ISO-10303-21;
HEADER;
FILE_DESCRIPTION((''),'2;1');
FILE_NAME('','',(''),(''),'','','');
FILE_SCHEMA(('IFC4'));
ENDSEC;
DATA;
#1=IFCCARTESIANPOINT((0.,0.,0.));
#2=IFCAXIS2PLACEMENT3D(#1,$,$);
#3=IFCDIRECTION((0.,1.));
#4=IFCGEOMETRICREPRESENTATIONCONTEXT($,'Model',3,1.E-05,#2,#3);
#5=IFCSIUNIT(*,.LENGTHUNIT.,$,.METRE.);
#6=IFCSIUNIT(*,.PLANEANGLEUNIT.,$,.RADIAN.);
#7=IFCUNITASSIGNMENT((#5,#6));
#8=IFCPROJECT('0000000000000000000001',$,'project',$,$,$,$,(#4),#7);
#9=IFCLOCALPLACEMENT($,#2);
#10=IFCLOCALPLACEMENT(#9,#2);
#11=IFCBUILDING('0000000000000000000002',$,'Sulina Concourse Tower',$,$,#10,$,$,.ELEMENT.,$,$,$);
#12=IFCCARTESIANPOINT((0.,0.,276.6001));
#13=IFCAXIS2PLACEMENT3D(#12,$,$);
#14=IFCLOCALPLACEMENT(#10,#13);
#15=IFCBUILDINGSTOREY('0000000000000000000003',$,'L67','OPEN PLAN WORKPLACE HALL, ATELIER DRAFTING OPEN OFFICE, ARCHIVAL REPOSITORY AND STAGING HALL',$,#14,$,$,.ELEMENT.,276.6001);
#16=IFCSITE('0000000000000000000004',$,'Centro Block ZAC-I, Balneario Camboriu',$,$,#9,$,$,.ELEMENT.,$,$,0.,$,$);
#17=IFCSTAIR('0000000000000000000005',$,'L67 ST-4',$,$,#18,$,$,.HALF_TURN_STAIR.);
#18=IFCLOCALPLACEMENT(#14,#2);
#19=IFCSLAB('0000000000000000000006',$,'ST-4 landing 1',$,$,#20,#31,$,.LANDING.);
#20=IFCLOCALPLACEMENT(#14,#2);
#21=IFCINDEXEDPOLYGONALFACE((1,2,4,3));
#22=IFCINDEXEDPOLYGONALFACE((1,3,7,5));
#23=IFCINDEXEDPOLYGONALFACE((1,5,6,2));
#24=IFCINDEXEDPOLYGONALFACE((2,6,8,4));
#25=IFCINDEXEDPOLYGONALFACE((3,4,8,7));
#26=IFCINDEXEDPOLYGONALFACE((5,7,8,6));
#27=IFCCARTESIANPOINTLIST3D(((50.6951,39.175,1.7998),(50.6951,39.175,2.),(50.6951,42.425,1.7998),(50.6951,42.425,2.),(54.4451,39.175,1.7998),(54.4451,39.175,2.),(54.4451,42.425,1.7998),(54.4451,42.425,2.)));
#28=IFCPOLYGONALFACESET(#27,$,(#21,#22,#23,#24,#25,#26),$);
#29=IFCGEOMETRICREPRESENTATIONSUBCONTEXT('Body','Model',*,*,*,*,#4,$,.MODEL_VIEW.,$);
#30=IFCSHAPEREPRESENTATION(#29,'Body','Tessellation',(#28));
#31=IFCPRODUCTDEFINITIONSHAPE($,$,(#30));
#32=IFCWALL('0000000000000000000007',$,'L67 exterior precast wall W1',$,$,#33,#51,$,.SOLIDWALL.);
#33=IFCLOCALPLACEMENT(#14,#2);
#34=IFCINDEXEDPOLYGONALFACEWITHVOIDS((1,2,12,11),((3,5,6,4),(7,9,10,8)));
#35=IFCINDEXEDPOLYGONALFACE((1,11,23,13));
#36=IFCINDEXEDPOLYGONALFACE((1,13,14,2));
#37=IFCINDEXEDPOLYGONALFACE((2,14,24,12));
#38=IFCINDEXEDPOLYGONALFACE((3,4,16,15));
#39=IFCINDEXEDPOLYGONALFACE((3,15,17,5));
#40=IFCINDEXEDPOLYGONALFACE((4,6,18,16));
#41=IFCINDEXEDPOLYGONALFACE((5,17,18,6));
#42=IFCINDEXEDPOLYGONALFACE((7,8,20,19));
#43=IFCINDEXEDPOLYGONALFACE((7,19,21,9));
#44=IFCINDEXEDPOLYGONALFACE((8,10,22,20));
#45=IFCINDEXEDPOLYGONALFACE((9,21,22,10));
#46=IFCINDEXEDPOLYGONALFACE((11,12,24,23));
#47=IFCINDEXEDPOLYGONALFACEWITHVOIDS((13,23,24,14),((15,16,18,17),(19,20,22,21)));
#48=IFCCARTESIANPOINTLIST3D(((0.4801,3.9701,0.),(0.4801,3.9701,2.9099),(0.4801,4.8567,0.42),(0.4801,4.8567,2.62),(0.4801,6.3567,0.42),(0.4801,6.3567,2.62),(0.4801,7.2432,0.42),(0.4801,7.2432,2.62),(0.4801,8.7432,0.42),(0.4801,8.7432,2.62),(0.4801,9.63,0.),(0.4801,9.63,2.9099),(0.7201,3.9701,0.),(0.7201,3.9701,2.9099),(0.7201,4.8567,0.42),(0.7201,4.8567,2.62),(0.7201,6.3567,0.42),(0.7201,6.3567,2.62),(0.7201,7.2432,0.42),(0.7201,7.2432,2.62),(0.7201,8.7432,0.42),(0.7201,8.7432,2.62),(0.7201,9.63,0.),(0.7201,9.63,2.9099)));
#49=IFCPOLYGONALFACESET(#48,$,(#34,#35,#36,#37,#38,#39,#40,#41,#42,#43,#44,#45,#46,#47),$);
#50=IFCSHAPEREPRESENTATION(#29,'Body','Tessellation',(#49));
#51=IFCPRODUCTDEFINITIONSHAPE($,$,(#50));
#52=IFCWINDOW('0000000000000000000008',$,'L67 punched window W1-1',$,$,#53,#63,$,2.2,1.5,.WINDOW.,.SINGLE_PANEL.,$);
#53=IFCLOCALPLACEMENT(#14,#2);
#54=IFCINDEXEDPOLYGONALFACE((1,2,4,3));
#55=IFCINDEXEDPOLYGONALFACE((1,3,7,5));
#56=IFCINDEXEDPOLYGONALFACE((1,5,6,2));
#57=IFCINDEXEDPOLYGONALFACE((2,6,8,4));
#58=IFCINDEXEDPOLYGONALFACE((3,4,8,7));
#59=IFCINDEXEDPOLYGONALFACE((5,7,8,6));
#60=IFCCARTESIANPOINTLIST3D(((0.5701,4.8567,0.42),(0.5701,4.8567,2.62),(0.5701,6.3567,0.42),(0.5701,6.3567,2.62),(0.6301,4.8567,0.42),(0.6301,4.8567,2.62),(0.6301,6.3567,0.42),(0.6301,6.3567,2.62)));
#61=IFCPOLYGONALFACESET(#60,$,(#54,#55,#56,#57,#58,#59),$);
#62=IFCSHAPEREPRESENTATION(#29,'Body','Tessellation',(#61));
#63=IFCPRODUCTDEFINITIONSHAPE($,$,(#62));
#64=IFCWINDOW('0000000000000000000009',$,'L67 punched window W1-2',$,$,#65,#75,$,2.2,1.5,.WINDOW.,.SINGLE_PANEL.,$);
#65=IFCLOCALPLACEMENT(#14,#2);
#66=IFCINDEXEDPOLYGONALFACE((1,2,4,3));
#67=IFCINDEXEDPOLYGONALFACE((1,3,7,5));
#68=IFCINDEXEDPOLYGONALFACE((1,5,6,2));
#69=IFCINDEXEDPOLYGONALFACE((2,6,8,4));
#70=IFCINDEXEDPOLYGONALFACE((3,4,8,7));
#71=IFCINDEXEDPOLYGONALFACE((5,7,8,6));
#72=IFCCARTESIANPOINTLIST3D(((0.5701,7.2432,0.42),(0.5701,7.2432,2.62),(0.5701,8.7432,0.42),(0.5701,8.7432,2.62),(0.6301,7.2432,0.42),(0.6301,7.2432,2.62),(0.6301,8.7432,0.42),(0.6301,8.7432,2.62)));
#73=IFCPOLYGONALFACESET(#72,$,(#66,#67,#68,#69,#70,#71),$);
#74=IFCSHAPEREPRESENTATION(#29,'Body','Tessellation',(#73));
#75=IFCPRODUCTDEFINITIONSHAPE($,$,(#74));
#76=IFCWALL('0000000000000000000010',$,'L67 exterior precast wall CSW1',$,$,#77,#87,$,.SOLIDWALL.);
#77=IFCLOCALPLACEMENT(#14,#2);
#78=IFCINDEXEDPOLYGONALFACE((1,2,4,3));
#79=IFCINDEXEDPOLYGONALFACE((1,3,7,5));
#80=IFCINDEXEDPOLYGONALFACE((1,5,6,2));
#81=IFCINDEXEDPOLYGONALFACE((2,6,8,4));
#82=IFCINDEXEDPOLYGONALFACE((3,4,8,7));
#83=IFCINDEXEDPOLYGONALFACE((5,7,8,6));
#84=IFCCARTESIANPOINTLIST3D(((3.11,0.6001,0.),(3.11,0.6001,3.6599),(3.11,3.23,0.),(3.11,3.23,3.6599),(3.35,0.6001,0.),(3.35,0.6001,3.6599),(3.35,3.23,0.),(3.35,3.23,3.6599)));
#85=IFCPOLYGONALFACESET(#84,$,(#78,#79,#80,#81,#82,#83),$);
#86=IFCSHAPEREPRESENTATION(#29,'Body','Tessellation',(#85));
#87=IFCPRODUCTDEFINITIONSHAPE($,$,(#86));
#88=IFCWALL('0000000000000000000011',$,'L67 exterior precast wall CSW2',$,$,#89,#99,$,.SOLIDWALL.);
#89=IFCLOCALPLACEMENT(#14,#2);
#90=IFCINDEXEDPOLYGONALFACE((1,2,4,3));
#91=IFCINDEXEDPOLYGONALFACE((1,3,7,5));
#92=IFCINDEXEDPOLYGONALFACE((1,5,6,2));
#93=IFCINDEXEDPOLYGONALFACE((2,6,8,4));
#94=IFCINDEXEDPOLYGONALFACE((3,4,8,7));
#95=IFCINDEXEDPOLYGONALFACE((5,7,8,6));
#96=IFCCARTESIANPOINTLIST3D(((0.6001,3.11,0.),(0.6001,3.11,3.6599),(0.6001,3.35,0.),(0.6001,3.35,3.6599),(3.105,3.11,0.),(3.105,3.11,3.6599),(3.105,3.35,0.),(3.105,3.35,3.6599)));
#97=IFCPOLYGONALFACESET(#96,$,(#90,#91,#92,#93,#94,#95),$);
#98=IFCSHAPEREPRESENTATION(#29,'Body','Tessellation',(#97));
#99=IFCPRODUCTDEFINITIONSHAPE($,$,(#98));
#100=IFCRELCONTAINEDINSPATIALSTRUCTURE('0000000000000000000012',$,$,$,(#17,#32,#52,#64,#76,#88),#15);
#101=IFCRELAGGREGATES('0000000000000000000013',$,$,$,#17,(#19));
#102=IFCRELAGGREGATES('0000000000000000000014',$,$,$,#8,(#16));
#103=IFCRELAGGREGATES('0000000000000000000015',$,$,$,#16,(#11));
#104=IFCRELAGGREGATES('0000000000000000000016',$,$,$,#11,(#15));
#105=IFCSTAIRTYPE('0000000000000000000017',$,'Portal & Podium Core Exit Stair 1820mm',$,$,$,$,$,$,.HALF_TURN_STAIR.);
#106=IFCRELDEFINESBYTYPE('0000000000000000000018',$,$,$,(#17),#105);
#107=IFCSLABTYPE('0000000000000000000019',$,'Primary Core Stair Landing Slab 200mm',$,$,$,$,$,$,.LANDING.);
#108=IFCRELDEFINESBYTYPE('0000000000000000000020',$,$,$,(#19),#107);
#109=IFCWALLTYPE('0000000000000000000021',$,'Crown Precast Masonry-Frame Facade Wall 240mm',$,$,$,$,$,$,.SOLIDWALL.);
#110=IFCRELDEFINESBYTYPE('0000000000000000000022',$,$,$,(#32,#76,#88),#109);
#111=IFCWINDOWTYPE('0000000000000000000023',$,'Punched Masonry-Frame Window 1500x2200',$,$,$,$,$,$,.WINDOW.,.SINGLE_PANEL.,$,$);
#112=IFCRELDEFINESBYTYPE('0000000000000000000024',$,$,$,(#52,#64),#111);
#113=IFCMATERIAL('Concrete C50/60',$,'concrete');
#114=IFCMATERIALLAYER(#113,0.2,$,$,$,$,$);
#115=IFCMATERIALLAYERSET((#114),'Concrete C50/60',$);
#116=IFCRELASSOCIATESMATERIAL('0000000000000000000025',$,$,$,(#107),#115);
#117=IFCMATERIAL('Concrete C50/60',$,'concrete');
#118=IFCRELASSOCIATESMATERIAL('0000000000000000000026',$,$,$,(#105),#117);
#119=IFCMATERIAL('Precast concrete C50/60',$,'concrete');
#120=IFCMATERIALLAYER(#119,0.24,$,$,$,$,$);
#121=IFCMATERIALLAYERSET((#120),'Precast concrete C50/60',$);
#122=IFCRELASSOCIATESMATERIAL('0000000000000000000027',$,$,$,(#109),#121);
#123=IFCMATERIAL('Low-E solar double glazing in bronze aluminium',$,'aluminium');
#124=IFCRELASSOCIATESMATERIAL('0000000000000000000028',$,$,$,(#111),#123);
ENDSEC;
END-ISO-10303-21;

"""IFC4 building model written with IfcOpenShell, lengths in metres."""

from ifc_helpers import new_model, si_unit, direction, frame, frame_2d, origin, place, context, subcontext, project, spatial, polyline, rectangle, outline, extrude, material, layer, layer_set, type_object, element, fill, aggregate, save


model = new_model("IFC4")

# Units and contexts
model_context = context("Model", 3, precision=1e-05, world=origin(), true_north=direction((0.0, 1.0)))
body_context = subcontext(model_context, "Body", "Model", "MODEL_VIEW")
ifc_project = project(units=[si_unit("LENGTHUNIT", "METRE"), si_unit("PLANEANGLEUNIT", "RADIAN")], contexts=[model_context])

# Site, building, storey
site_placement = place(None, origin())
site = spatial("IfcSite", under=ifc_project, at=site_placement, Name="Centro Block ZAC-I, Balneario Camboriu", CompositionType="ELEMENT", RefElevation=0.0)
building_placement = place(site_placement, origin())
building = spatial("IfcBuilding", under=site, at=building_placement, Name="Sulina Concourse Tower", CompositionType="ELEMENT")
storey_placement = place(building_placement, frame((0.0, 0.0, 276.6001)))
storey = spatial("IfcBuildingStorey", under=building, at=storey_placement, Name="L67", Description="OPEN PLAN WORKPLACE HALL, ATELIER DRAFTING OPEN OFFICE, ARCHIVAL REPOSITORY AND STAGING HALL", CompositionType="ELEMENT", Elevation=276.6001)

# Shared definitions
ifc_material_1 = material(Name="Concrete C50/60", Category="concrete")
ifc_layer_1 = layer(ifc_material_1, 0.2)
ifc_layer_set_1 = layer_set([ifc_layer_1], Name="Concrete C50/60")
slab_type_1 = type_object("IfcSlabType", Name="Primary Core Stair Landing Slab 200mm", PredefinedType="LANDING", material=ifc_layer_set_1)

# Stair, slab
ifc_material_2 = material(Name="Concrete C50/60", Category="concrete")
stair_type_1 = type_object("IfcStairType", Name="Portal & Podium Core Exit Stair 1820mm", PredefinedType="HALF_TURN_STAIR", material=ifc_material_2)
stair_1_placement = place(storey_placement, origin())
stair_1 = element("IfcStair", 1, at=stair_1_placement, inside=storey, type_object=stair_type_1, Name="L67 ST-4", PredefinedType="HALF_TURN_STAIR")
slab_1_placement = place(storey_placement, frame((0.0, 0.0, 1.7998)))
slab_1 = element("IfcSlab", 2, at=slab_1_placement, type_object=slab_type_1, Name="ST-4 landing 1", PredefinedType="LANDING", context=body_context, shape_type="SweptSolid", body=[
    extrude(outline(polyline([(54.4451, 39.175), (54.4451, 42.425), (50.6951, 42.425), (50.6951, 39.175), (54.4451, 39.175)])), origin(), (0.0, 0.0, 1.0), 0.2002),
])
aggregate(stair_1, [slab_1])

# Wall, openings, windows
ifc_material_3 = material(Name="Precast concrete C50/60", Category="concrete")
ifc_layer_2 = layer(ifc_material_3, 0.24)
ifc_layer_set_2 = layer_set([ifc_layer_2], Name="Precast concrete C50/60")
wall_type = type_object("IfcWallType", Name="Crown Precast Masonry-Frame Facade Wall 240mm", PredefinedType="SOLIDWALL", material=ifc_layer_set_2)
wall_1_placement = place(storey_placement, frame((0.6001, 3.97, 0.0), z_axis=(0.0, 0.0, 1.0), x_axis=(0.0, 1.0, 0.0)))
wall_1 = element("IfcWall", 3, at=wall_1_placement, inside=storey, type_object=wall_type, Name="L67 exterior precast wall W1", PredefinedType="SOLIDWALL", context=body_context, shape_type="SweptSolid", body=[
    extrude(rectangle(XDim=5.6599, YDim=0.24, at=frame_2d((2.8301, 0.0))), origin(), (0.0, 0.0, 1.0), 2.9099),
])
opening_1_placement = place(wall_1_placement, frame((0.8867, 0.0, 0.4199)))
opening_1 = element("IfcOpeningElement", 4, at=opening_1_placement, cuts=wall_1, PredefinedType="OPENING", context=body_context, shape_type="SweptSolid", body=[
    extrude(rectangle(XDim=1.5, YDim=2.2, at=frame_2d((0.75, 1.1001))), frame((0.0, 0.1299, 0.0), z_axis=(0.0, -1.0, 0.0), x_axis=(1.0, 0.0, 0.0)), (0.0, 0.0, 1.0), 0.26),
])
opening_2_placement = place(wall_1_placement, frame((3.2732, 0.0, 0.4199)))
opening_2 = element("IfcOpeningElement", 5, at=opening_2_placement, cuts=wall_1, PredefinedType="OPENING", context=body_context, shape_type="SweptSolid", body=[
    extrude(rectangle(XDim=1.5, YDim=2.2, at=frame_2d((0.75, 1.1001))), frame((0.0, 0.1299, 0.0), z_axis=(0.0, -1.0, 0.0), x_axis=(1.0, 0.0, 0.0)), (0.0, 0.0, 1.0), 0.26),
])
ifc_material_4 = material(Name="Low-E solar double glazing in bronze aluminium", Category="aluminium")
window_type = type_object("IfcWindowType", Name="Punched Masonry-Frame Window 1500x2200", PartitioningType="SINGLE_PANEL", PredefinedType="WINDOW", material=ifc_material_4)
window_1_placement = place(opening_1_placement, origin())
window_1 = element("IfcWindow", 6, at=window_1_placement, inside=storey, type_object=window_type, Name="L67 punched window W1-1", OverallHeight=2.2, OverallWidth=1.5, PartitioningType="SINGLE_PANEL", PredefinedType="WINDOW", context=body_context, shape_type="SweptSolid", body=[
    extrude(rectangle(XDim=1.5, YDim=2.2, at=frame_2d((0.75, 1.1001))), frame((0.0, 0.03, 0.0), z_axis=(0.0, -1.0, 0.0), x_axis=(1.0, 0.0, 0.0)), (0.0, 0.0, 1.0), 0.0601),
])
fill(opening_1, window_1)
window_2_placement = place(opening_2_placement, origin())
window_2 = element("IfcWindow", 7, at=window_2_placement, inside=storey, type_object=window_type, Name="L67 punched window W1-2", OverallHeight=2.2, OverallWidth=1.5, PartitioningType="SINGLE_PANEL", PredefinedType="WINDOW", context=body_context, shape_type="SweptSolid", body=[
    extrude(rectangle(XDim=1.5, YDim=2.2, at=frame_2d((0.75, 1.1001))), frame((0.0, 0.03, 0.0), z_axis=(0.0, -1.0, 0.0), x_axis=(1.0, 0.0, 0.0)), (0.0, 0.0, 1.0), 0.0601),
])
fill(opening_2, window_2)

# Walls
wall_2_placement = place(storey_placement, frame((3.23, 0.6001, 0.0), z_axis=(0.0, 0.0, 1.0), x_axis=(0.0, 1.0, 0.0)))
element("IfcWall", 8, at=wall_2_placement, inside=storey, type_object=wall_type, Name="L67 exterior precast wall CSW1", PredefinedType="SOLIDWALL", context=body_context, shape_type="SweptSolid", body=[
    extrude(rectangle(XDim=2.6299, YDim=0.24, at=frame_2d((1.3149, 0.0))), origin(), (0.0, 0.0, 1.0), 3.6599),
])
wall_3_placement = place(storey_placement, frame((3.105, 3.23, 0.0), z_axis=(0.0, 0.0, 1.0), x_axis=(-1.0, 0.0, 0.0)))
element("IfcWall", 9, at=wall_3_placement, inside=storey, type_object=wall_type, Name="L67 exterior precast wall CSW2", PredefinedType="SOLIDWALL", context=body_context, shape_type="SweptSolid", body=[
    extrude(rectangle(XDim=2.5049, YDim=0.24, at=frame_2d((1.2524, 0.0))), origin(), (0.0, 0.0, 1.0), 3.6599),
])

save(model, "model.ifc")
